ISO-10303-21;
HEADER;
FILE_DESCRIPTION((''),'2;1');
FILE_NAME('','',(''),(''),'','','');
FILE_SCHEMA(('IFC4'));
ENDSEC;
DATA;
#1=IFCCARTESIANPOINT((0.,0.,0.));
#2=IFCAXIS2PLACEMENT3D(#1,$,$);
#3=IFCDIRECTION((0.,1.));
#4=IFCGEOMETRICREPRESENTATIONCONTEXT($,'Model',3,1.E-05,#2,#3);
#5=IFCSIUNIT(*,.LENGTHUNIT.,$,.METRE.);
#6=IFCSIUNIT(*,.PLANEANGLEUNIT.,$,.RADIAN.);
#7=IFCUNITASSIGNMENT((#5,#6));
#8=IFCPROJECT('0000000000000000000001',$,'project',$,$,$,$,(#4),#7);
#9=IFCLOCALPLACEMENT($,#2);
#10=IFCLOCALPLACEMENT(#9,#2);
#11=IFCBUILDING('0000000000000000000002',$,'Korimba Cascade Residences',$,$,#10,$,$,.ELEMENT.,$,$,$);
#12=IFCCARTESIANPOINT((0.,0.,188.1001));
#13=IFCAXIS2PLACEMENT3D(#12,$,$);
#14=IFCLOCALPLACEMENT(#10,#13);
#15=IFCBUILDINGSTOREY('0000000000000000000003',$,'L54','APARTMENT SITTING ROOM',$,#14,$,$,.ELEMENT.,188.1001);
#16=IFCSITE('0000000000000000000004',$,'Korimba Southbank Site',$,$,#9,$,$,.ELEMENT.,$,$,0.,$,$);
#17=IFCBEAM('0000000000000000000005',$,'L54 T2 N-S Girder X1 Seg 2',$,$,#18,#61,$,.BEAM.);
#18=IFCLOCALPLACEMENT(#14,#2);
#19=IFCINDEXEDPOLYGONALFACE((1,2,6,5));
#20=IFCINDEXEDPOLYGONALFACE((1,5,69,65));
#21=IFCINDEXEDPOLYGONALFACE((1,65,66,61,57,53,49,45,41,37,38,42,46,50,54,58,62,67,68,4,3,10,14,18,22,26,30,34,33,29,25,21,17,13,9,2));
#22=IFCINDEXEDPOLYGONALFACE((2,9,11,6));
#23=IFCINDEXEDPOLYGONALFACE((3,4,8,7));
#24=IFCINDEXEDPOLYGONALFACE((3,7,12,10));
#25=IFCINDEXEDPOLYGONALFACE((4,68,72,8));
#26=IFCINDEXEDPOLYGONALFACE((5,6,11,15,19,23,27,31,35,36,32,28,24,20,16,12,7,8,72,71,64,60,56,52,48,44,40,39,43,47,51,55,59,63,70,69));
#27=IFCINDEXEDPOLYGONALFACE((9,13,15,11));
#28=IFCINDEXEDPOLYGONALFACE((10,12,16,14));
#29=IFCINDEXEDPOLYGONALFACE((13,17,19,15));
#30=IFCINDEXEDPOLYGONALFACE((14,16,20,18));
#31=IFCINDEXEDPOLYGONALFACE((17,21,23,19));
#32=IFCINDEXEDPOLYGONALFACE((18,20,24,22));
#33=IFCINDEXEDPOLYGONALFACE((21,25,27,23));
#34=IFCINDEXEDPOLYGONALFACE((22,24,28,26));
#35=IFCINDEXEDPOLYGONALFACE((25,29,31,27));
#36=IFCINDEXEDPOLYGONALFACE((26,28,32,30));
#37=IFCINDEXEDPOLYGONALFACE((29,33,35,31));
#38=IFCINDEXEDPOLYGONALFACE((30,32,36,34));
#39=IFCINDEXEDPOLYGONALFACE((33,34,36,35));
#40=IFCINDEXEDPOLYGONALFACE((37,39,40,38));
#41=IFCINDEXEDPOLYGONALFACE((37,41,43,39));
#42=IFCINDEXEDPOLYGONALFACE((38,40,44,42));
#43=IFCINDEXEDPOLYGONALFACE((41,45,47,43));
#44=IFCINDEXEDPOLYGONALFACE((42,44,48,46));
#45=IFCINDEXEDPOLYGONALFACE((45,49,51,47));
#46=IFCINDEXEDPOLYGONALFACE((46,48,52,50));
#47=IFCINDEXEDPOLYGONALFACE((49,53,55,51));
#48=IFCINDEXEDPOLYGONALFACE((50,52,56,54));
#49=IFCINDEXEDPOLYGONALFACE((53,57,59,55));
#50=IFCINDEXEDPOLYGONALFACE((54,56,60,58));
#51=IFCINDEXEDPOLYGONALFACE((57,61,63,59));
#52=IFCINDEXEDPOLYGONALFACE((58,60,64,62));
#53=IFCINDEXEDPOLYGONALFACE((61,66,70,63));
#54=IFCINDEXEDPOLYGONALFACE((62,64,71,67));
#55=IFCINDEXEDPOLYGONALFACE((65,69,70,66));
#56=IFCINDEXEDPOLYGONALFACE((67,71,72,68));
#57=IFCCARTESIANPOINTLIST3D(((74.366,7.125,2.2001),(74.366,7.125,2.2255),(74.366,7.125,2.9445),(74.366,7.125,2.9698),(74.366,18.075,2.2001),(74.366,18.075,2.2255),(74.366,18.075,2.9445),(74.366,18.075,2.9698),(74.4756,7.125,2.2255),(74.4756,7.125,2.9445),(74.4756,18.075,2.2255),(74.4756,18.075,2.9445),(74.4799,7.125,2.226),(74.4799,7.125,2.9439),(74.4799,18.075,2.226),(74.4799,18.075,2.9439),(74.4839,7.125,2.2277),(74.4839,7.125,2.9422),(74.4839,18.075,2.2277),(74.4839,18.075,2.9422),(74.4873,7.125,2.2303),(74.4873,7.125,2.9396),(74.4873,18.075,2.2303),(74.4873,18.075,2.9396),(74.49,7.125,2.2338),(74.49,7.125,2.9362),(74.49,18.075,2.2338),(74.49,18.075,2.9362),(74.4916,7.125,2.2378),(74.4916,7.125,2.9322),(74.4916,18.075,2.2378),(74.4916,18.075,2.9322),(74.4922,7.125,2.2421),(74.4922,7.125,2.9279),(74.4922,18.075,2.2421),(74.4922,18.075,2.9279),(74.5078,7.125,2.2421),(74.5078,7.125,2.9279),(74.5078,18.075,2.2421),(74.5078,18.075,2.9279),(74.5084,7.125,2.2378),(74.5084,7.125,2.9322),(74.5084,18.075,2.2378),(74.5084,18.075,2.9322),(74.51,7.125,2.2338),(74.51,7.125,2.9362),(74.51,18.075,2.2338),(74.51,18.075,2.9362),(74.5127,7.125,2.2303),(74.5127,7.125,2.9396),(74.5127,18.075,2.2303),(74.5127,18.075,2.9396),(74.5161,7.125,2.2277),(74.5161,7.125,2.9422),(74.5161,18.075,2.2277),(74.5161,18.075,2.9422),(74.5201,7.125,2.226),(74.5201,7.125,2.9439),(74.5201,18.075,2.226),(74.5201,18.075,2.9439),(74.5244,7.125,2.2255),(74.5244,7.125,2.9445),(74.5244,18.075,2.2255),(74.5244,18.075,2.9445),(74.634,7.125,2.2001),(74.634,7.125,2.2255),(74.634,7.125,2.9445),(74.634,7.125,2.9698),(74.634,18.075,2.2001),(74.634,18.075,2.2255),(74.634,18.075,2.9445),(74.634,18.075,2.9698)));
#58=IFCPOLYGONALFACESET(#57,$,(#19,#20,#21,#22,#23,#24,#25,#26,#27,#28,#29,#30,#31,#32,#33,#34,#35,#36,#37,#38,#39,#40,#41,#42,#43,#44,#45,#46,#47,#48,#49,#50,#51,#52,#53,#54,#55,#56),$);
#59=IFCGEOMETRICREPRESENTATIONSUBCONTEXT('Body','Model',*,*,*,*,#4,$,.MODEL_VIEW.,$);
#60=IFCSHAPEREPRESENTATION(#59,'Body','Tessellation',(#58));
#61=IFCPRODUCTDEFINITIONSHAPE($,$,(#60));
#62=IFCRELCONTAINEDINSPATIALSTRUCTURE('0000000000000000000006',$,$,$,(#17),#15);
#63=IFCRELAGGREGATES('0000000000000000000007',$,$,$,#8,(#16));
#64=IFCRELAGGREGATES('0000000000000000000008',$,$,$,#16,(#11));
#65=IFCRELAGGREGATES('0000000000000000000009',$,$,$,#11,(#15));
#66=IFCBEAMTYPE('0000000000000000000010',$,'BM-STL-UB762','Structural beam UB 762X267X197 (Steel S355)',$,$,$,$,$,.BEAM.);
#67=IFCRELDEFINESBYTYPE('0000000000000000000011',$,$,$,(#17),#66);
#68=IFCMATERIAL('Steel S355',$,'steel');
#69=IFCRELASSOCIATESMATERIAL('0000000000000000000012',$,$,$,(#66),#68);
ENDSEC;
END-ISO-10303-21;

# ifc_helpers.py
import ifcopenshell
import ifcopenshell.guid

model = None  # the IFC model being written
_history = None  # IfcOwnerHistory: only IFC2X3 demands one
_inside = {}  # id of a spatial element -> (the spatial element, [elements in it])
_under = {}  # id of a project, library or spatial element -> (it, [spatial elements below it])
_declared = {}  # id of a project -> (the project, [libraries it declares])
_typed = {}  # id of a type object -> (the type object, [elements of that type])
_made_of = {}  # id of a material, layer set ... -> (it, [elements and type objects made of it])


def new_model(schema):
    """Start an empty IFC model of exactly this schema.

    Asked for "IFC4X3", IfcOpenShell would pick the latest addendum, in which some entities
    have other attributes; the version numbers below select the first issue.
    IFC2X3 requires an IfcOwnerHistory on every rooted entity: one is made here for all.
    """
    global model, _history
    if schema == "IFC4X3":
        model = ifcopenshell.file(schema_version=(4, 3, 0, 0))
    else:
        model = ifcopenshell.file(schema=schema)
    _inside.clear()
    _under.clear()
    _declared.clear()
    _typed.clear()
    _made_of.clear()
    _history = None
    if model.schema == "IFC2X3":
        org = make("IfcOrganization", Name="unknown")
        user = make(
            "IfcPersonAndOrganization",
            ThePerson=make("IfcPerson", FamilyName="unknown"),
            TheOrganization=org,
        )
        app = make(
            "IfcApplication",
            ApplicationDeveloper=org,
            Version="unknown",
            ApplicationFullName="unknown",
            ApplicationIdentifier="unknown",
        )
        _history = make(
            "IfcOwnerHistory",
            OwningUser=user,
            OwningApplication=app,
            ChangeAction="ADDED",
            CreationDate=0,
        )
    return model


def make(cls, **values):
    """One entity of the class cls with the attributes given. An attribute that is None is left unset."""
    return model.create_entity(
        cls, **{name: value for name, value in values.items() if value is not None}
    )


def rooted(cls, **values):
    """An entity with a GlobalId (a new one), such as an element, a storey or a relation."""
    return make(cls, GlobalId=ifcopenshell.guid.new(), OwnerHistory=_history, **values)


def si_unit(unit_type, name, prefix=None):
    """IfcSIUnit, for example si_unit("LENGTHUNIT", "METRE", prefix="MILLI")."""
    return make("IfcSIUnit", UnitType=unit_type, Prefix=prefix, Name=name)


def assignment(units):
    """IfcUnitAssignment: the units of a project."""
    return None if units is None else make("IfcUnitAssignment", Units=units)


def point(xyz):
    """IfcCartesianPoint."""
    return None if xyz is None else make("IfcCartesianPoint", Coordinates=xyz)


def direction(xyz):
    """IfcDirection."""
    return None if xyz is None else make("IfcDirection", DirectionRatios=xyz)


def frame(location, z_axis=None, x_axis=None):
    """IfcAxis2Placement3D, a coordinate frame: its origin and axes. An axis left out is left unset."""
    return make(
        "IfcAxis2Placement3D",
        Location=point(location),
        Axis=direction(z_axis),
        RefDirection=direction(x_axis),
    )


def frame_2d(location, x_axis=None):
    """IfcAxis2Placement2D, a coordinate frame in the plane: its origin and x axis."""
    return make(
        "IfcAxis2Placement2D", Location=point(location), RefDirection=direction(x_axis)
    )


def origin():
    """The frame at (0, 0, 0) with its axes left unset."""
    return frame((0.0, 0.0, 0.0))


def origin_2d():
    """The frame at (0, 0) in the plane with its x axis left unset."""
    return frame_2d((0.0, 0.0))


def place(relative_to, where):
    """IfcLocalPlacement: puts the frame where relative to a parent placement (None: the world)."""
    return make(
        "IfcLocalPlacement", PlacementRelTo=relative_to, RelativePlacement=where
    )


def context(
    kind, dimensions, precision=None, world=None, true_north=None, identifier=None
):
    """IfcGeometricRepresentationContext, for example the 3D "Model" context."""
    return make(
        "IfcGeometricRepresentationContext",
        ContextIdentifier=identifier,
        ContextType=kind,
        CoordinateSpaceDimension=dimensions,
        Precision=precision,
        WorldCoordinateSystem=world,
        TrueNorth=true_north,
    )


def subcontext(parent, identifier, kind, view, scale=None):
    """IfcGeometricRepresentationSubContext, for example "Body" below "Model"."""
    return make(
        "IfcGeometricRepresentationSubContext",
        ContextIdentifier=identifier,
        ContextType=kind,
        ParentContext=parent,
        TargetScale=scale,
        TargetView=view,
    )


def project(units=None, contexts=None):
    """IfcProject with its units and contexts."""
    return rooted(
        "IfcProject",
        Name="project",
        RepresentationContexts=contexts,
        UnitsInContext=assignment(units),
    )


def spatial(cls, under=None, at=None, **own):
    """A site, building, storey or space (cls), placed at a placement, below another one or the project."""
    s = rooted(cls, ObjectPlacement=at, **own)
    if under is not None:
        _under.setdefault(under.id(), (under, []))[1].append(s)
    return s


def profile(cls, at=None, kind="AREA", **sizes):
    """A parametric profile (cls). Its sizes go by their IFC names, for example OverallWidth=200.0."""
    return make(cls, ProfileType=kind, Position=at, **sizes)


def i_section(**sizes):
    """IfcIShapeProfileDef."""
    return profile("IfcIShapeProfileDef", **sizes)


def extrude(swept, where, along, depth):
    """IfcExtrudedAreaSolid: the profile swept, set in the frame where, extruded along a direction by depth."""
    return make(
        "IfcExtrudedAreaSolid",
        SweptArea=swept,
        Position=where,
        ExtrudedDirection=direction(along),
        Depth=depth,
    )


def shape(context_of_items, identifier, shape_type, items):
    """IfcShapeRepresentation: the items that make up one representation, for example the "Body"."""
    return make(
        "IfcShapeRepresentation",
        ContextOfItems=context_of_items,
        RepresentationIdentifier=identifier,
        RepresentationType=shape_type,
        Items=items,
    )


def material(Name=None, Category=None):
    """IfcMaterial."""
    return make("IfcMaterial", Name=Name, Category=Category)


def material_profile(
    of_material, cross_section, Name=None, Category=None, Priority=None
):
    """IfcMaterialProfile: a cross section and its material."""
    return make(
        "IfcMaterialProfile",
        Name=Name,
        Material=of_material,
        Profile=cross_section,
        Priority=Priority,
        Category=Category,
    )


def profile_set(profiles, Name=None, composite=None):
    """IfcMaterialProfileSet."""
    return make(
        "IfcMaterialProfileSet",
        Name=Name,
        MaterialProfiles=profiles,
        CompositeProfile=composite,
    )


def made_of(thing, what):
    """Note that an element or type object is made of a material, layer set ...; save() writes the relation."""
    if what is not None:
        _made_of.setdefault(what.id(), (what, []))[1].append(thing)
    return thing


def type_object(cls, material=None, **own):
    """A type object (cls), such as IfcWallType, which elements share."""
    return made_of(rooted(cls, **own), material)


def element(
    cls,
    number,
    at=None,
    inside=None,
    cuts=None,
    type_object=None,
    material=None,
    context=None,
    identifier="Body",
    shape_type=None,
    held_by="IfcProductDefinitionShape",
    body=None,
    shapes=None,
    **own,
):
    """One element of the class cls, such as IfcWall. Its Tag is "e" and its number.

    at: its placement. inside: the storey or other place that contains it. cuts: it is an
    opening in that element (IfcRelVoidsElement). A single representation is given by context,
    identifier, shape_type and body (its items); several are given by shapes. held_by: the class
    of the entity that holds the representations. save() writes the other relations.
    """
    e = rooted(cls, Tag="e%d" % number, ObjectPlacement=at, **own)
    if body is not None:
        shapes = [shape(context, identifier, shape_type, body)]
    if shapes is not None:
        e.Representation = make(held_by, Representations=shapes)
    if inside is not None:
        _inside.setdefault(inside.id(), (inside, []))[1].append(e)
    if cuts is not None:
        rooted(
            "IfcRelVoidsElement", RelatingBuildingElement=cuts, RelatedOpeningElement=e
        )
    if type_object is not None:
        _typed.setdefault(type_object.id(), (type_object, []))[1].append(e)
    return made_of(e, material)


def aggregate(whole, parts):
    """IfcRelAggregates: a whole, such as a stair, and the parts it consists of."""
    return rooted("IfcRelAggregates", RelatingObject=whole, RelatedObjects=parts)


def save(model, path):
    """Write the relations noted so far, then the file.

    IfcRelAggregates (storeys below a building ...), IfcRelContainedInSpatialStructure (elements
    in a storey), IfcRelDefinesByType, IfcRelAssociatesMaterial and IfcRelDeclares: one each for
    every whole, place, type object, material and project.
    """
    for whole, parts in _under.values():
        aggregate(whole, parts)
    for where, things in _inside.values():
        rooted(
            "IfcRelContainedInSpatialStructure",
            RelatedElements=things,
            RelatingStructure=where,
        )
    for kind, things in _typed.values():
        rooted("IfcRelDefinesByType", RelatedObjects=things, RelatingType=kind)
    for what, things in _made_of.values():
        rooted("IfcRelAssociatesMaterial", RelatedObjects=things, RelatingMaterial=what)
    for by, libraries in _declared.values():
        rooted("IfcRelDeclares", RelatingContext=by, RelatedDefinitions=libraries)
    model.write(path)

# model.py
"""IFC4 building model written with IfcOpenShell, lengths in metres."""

from ifc_helpers import new_model, si_unit, direction, frame, origin, origin_2d, place, context, subcontext, project, spatial, i_section, extrude, material, material_profile, profile_set, type_object, element, save


model = new_model("IFC4")

# Units and contexts
model_context = context("Model", 3, precision=1e-05, world=origin(), true_north=direction((0.0, 1.0)))
body_context = subcontext(model_context, "Body", "Model", "MODEL_VIEW")
ifc_project = project(units=[si_unit("LENGTHUNIT", "METRE"), si_unit("PLANEANGLEUNIT", "RADIAN")], contexts=[model_context])

# Site, building, storey
site_placement = place(None, origin())
site = spatial("IfcSite", under=ifc_project, at=site_placement, Name="Korimba Southbank Site", CompositionType="ELEMENT", RefElevation=0.0)
building_placement = place(site_placement, origin())
building = spatial("IfcBuilding", under=site, at=building_placement, Name="Korimba Cascade Residences", CompositionType="ELEMENT")
storey_placement = place(building_placement, frame((0.0, 0.0, 188.1001)))
storey = spatial("IfcBuildingStorey", under=building, at=storey_placement, Name="L54", Description="APARTMENT SITTING ROOM", CompositionType="ELEMENT", Elevation=188.1001)

# Beam
ifc_material_1 = material(Name="Steel S355", Category="steel")
ifc_material_profile_1 = material_profile(ifc_material_1, i_section(OverallWidth=0.2681, OverallDepth=0.7698, WebThickness=0.0156, FlangeThickness=0.0254, FilletRadius=0.0166, at=origin_2d()), Name="Steel S355")
ifc_profile_set_1 = profile_set([ifc_material_profile_1], Name="Steel S355")
beam_type_1 = type_object("IfcBeamType", Name="BM-STL-UB762", Description="Structural beam UB 762X267X197 (Steel S355)", PredefinedType="BEAM", material=ifc_profile_set_1)
beam_1_placement = place(storey_placement, frame((74.5, 7.125, 2.585), z_axis=(0.0, 1.0, 0.0), x_axis=(-1.0, 0.0, 0.0)))
element("IfcBeam", 1, at=beam_1_placement, inside=storey, type_object=beam_type_1, Name="L54 T2 N-S Girder X1 Seg 2", PredefinedType="BEAM", context=body_context, shape_type="SweptSolid", body=[
    extrude(i_section(OverallWidth=0.2681, OverallDepth=0.7698, WebThickness=0.0156, FlangeThickness=0.0254, FilletRadius=0.0166, at=origin_2d()), origin(), (0.0, 0.0, 1.0), 10.95),
])

save(model, "model.ifc")
